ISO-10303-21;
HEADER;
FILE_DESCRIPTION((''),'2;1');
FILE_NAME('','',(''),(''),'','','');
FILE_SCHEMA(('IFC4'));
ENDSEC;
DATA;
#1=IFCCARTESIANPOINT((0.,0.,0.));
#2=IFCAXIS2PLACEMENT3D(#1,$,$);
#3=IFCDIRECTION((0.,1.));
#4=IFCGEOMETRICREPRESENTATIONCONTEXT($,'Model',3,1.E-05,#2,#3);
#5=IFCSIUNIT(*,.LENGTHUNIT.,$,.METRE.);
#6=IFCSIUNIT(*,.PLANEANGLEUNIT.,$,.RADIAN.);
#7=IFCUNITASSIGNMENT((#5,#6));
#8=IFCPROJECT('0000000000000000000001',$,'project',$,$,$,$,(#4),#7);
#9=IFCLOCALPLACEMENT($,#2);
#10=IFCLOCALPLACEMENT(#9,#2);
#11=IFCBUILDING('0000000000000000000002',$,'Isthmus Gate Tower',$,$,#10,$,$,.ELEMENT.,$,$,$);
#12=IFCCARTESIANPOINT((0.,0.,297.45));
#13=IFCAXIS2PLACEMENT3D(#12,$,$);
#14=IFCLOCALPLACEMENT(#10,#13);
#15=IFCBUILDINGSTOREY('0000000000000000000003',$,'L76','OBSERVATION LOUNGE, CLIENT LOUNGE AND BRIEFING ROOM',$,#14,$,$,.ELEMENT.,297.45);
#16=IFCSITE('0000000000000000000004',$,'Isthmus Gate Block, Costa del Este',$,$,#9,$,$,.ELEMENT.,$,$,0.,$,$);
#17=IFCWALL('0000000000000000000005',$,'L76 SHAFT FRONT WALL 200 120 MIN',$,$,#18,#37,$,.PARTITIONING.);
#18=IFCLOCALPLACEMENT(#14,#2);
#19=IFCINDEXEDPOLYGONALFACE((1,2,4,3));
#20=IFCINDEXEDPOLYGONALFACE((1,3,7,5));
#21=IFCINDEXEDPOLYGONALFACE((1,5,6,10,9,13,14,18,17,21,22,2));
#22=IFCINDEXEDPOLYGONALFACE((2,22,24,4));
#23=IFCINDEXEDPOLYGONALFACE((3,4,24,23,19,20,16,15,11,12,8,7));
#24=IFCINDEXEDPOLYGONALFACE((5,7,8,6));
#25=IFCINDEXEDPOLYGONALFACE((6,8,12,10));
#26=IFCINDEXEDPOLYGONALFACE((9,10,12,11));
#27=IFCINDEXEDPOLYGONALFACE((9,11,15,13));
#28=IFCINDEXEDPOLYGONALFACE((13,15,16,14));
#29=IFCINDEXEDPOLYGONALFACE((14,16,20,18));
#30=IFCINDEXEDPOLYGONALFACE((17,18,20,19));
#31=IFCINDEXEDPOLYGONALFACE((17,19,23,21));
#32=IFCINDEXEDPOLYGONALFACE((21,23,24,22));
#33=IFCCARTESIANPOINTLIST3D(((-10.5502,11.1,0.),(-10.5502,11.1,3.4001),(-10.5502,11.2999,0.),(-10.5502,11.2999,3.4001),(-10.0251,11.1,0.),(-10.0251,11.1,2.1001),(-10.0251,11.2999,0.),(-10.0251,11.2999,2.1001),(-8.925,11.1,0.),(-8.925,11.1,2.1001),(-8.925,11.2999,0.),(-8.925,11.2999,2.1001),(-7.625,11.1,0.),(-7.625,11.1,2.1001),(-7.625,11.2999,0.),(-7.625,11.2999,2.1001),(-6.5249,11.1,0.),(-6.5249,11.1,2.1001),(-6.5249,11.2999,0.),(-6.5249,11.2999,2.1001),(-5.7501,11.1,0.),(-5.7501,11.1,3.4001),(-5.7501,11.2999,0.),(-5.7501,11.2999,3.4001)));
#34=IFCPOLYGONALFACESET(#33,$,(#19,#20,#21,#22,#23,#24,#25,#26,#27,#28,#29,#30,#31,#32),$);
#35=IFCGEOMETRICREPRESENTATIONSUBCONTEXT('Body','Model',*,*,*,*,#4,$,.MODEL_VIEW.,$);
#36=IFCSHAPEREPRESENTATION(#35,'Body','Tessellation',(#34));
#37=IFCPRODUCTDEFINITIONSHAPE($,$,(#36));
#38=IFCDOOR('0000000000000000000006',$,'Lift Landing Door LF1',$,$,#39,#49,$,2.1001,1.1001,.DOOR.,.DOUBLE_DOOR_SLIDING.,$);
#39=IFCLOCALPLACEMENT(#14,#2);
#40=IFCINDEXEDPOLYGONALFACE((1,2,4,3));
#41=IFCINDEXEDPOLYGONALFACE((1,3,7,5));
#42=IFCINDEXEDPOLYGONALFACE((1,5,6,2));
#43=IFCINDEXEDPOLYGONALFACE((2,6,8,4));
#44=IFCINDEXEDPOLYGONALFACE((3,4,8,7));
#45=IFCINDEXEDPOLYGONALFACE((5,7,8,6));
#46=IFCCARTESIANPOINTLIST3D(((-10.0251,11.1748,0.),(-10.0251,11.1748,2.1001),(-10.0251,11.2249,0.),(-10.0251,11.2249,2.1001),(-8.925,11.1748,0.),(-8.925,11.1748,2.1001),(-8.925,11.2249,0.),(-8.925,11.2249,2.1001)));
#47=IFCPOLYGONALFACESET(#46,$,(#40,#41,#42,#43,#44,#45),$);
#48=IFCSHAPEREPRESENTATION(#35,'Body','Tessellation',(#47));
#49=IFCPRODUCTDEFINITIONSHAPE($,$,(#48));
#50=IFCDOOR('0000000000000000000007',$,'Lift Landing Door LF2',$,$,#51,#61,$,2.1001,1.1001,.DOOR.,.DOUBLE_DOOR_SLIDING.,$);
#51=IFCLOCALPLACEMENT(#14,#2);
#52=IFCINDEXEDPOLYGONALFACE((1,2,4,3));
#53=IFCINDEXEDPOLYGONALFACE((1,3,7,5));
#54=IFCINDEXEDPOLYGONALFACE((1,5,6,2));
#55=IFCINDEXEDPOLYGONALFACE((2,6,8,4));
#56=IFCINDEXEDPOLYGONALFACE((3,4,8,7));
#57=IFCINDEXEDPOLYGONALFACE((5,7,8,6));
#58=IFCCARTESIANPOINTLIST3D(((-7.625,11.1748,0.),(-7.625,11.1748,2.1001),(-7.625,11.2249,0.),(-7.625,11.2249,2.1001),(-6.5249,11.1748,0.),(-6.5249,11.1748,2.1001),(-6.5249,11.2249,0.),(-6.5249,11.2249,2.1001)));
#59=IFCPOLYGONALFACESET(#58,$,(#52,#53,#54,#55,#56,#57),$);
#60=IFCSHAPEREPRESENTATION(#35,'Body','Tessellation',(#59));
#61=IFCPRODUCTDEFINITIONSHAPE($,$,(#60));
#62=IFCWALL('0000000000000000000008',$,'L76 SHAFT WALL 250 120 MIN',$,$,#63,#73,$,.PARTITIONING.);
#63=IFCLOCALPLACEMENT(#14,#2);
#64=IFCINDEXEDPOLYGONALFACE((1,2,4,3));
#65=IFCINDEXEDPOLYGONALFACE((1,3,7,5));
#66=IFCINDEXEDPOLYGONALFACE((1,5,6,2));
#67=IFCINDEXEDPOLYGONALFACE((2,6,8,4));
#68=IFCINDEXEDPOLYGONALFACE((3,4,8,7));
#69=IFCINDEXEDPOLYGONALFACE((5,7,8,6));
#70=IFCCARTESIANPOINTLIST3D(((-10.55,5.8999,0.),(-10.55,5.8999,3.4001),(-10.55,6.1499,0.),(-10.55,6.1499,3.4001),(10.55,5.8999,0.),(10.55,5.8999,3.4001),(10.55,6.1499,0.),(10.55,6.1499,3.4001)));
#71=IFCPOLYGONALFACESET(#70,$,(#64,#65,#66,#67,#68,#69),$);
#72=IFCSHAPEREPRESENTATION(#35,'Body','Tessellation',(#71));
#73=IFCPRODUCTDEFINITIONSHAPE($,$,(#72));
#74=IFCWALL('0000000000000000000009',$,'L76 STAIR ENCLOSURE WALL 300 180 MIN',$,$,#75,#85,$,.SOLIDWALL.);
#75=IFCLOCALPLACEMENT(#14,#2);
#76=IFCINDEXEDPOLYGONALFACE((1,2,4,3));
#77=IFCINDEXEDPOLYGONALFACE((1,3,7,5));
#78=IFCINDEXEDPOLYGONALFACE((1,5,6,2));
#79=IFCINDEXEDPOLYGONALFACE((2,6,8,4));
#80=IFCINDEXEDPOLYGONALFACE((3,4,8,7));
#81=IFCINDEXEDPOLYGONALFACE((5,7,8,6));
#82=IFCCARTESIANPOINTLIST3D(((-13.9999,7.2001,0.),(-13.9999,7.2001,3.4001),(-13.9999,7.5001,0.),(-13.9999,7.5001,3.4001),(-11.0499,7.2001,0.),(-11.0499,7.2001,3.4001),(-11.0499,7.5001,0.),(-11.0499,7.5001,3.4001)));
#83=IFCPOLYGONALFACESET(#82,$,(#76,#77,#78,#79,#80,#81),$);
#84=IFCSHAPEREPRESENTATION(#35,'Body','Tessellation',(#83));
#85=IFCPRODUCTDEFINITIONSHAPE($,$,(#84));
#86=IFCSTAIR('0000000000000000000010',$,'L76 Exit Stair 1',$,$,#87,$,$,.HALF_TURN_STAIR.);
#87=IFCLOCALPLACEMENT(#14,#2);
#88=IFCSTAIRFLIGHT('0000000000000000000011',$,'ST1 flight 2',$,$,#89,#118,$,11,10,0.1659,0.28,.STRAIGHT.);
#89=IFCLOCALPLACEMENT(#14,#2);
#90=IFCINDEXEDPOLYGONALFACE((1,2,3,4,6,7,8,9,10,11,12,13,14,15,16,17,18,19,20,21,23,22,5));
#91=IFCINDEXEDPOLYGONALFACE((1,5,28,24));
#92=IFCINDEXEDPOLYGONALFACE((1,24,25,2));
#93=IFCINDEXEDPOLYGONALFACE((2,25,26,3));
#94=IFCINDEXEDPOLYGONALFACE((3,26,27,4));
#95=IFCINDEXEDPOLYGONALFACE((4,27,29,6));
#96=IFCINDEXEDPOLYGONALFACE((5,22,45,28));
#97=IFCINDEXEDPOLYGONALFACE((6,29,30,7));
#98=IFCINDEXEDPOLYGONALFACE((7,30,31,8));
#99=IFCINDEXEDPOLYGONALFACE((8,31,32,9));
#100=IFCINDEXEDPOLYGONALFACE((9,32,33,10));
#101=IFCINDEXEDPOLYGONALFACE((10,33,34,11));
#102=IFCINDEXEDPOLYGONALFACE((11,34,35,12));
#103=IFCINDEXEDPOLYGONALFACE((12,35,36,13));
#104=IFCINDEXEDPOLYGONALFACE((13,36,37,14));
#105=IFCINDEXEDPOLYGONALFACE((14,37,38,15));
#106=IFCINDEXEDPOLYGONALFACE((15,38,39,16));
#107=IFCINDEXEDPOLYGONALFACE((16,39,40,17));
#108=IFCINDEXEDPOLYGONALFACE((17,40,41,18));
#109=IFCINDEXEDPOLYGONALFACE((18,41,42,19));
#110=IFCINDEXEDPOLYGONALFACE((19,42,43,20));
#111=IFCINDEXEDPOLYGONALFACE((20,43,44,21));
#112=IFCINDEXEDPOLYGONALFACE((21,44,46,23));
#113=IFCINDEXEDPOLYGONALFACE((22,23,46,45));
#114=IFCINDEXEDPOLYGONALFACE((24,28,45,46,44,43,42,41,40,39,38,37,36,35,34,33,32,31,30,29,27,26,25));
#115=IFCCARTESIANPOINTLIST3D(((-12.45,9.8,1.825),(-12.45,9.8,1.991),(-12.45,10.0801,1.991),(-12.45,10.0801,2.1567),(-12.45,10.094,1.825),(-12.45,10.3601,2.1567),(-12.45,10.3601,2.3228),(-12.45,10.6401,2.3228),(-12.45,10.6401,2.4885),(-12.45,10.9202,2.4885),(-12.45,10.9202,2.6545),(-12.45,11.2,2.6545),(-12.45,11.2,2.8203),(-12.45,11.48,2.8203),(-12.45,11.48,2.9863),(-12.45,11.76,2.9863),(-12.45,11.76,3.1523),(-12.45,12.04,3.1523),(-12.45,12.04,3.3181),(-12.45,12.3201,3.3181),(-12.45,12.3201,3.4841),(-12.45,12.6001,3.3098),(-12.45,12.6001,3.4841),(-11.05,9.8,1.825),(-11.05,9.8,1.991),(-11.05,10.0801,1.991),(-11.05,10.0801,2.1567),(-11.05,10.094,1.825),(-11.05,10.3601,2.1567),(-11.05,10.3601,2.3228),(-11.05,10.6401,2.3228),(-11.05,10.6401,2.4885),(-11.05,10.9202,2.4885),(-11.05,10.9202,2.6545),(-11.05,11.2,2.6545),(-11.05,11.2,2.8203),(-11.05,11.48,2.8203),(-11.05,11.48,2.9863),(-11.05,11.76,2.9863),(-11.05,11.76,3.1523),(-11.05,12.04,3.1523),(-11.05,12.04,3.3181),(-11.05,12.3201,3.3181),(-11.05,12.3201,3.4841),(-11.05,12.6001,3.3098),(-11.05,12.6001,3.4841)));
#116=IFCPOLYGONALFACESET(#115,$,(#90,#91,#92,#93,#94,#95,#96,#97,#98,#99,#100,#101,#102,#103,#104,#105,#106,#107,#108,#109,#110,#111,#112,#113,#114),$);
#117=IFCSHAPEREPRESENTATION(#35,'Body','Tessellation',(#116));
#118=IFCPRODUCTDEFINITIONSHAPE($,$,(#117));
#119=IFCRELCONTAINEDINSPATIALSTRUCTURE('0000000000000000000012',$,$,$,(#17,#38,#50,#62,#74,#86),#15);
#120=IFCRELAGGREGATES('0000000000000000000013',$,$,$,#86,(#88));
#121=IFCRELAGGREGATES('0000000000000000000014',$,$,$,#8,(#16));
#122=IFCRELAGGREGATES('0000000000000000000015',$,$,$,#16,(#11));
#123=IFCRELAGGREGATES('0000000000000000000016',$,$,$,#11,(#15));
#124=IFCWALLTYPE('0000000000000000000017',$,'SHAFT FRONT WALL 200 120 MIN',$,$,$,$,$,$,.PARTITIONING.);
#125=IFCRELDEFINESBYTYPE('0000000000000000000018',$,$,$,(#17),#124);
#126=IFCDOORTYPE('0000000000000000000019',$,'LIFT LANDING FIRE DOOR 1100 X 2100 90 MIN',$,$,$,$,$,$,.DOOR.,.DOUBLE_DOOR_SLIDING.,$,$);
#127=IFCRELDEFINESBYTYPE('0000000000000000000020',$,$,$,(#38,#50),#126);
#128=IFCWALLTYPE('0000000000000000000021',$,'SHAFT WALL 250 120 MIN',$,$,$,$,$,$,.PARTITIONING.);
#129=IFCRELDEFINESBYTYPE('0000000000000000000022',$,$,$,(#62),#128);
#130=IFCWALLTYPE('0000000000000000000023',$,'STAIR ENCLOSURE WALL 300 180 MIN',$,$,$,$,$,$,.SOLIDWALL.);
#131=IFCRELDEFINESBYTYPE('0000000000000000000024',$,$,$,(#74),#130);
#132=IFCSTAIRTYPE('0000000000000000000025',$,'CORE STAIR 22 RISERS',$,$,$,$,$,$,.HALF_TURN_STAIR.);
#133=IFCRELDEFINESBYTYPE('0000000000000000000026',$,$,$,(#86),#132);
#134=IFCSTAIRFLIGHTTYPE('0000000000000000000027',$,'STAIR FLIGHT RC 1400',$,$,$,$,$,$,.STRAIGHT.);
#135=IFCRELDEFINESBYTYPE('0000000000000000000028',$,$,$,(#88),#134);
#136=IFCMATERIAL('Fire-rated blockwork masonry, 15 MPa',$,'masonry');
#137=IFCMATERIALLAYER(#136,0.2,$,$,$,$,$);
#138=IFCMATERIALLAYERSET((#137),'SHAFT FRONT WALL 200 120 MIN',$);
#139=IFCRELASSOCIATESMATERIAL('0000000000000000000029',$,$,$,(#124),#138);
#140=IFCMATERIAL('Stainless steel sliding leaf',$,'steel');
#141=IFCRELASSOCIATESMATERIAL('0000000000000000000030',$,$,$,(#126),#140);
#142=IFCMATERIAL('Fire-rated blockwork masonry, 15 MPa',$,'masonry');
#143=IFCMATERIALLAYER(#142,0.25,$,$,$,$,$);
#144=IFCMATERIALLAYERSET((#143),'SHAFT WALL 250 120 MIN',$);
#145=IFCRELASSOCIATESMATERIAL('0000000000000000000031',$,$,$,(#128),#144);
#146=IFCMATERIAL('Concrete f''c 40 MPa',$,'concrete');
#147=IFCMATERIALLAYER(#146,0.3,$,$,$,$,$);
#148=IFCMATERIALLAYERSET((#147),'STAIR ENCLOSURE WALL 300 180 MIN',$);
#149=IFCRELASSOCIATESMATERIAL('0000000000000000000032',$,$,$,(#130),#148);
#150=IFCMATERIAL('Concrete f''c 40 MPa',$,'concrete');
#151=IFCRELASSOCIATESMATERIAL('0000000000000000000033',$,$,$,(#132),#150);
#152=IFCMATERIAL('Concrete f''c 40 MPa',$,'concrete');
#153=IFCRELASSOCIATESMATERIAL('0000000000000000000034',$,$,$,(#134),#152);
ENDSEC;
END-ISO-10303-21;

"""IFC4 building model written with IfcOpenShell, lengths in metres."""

from ifc_helpers import new_model, si_unit, direction, frame, frame_2d, origin, place, context, subcontext, project, spatial, polyline, rectangle, outline, extrude, material, layer, layer_set, type_object, element, fill, aggregate, save


model = new_model("IFC4")

# Units and contexts
model_context = context("Model", 3, precision=1e-05, world=origin(), true_north=direction((0.0, 1.0)))
body_context = subcontext(model_context, "Body", "Model", "MODEL_VIEW")
ifc_project = project(units=[si_unit("LENGTHUNIT", "METRE"), si_unit("PLANEANGLEUNIT", "RADIAN")], contexts=[model_context])

# Site, building, storey
site_placement = place(None, origin())
site = spatial("IfcSite", under=ifc_project, at=site_placement, Name="Isthmus Gate Block, Costa del Este", CompositionType="ELEMENT", RefElevation=0.0)
building_placement = place(site_placement, origin())
building = spatial("IfcBuilding", under=site, at=building_placement, Name="Isthmus Gate Tower", CompositionType="ELEMENT")
storey_placement = place(building_placement, frame((0.0, 0.0, 297.45)))
storey = spatial("IfcBuildingStorey", under=building, at=storey_placement, Name="L76", Description="OBSERVATION LOUNGE, CLIENT LOUNGE AND BRIEFING ROOM", CompositionType="ELEMENT", Elevation=297.45)

# Wall, openings, doors
ifc_material_1 = material(Name="Fire-rated blockwork masonry, 15 MPa", Category="masonry")
ifc_layer_1 = layer(ifc_material_1, 0.2)
ifc_layer_set_1 = layer_set([ifc_layer_1], Name="SHAFT FRONT WALL 200 120 MIN")
wall_type_1 = type_object("IfcWallType", Name="SHAFT FRONT WALL 200 120 MIN", PredefinedType="PARTITIONING", material=ifc_layer_set_1)
wall_1_placement = place(storey_placement, frame((-10.55, 11.2, 0.0), z_axis=(0.0, 0.0, 1.0), x_axis=(1.0, 0.0, 0.0)))
wall_1 = element("IfcWall", 1, at=wall_1_placement, inside=storey, type_object=wall_type_1, Name="L76 SHAFT FRONT WALL 200 120 MIN", PredefinedType="PARTITIONING", context=body_context, shape_type="SweptSolid", body=[
    extrude(rectangle(XDim=4.8, YDim=0.2, at=frame_2d((2.3999, 0.0))), origin(), (0.0, 0.0, 1.0), 3.4001),
])
opening_1_placement = place(wall_1_placement, frame((0.5249, 0.0, 0.0)))
opening_1 = element("IfcOpeningElement", 2, at=opening_1_placement, cuts=wall_1, PredefinedType="OPENING", context=body_context, shape_type="SweptSolid", body=[
    extrude(rectangle(XDim=1.1001, YDim=2.1001, at=frame_2d((0.55, 1.05))), frame((0.0, 0.1099, 0.0), z_axis=(0.0, -1.0, 0.0), x_axis=(1.0, 0.0, 0.0)), (0.0, 0.0, 1.0), 0.22),
])
opening_2_placement = place(wall_1_placement, frame((2.925, 0.0, 0.0)))
opening_2 = element("IfcOpeningElement", 3, at=opening_2_placement, cuts=wall_1, PredefinedType="OPENING", context=body_context, shape_type="SweptSolid", body=[
    extrude(rectangle(XDim=1.1001, YDim=2.1001, at=frame_2d((0.55, 1.05))), frame((0.0, 0.1099, 0.0), z_axis=(0.0, -1.0, 0.0), x_axis=(1.0, 0.0, 0.0)), (0.0, 0.0, 1.0), 0.22),
])
ifc_material_2 = material(Name="Stainless steel sliding leaf", Category="steel")
door_type_1 = type_object("IfcDoorType", Name="LIFT LANDING FIRE DOOR 1100 X 2100 90 MIN", OperationType="DOUBLE_DOOR_SLIDING", PredefinedType="DOOR", material=ifc_material_2)
door_1_placement = place(opening_1_placement, origin())
door_1 = element("IfcDoor", 4, at=door_1_placement, inside=storey, type_object=door_type_1, Name="Lift Landing Door LF1", OperationType="DOUBLE_DOOR_SLIDING", OverallHeight=2.1001, OverallWidth=1.1001, PredefinedType="DOOR", context=body_context, shape_type="SweptSolid", body=[
    extrude(rectangle(XDim=1.1001, YDim=2.1001, at=frame_2d((0.55, 1.05))), frame((0.0, 0.0249, 0.0), z_axis=(0.0, -1.0, 0.0), x_axis=(1.0, 0.0, 0.0)), (0.0, 0.0, 1.0), 0.05),
])
fill(opening_1, door_1)
door_2_placement = place(opening_2_placement, origin())
door_2 = element("IfcDoor", 5, at=door_2_placement, inside=storey, type_object=door_type_1, Name="Lift Landing Door LF2", OperationType="DOUBLE_DOOR_SLIDING", OverallHeight=2.1001, OverallWidth=1.1001, PredefinedType="DOOR", context=body_context, shape_type="SweptSolid", body=[
    extrude(rectangle(XDim=1.1001, YDim=2.1001, at=frame_2d((0.55, 1.05))), frame((0.0, 0.0249, 0.0), z_axis=(0.0, -1.0, 0.0), x_axis=(1.0, 0.0, 0.0)), (0.0, 0.0, 1.0), 0.05),
])
fill(opening_2, door_2)

# Walls
ifc_material_3 = material(Name="Fire-rated blockwork masonry, 15 MPa", Category="masonry")
ifc_layer_2 = layer(ifc_material_3, 0.25)
ifc_layer_set_2 = layer_set([ifc_layer_2], Name="SHAFT WALL 250 120 MIN")
wall_type_2 = type_object("IfcWallType", Name="SHAFT WALL 250 120 MIN", PredefinedType="PARTITIONING", material=ifc_layer_set_2)
wall_2_placement = place(storey_placement, frame((-10.55, 6.0249, 0.0), z_axis=(0.0, 0.0, 1.0), x_axis=(1.0, 0.0, 0.0)))
element("IfcWall", 6, at=wall_2_placement, inside=storey, type_object=wall_type_2, Name="L76 SHAFT WALL 250 120 MIN", PredefinedType="PARTITIONING", context=body_context, shape_type="SweptSolid", body=[
    extrude(rectangle(XDim=21.1001, YDim=0.25, at=frame_2d((10.55, 0.0))), origin(), (0.0, 0.0, 1.0), 3.4001),
])
ifc_material_4 = material(Name="Concrete f'c 40 MPa", Category="concrete")
ifc_layer_3 = layer(ifc_material_4, 0.3)
ifc_layer_set_3 = layer_set([ifc_layer_3], Name="STAIR ENCLOSURE WALL 300 180 MIN")
wall_type_3 = type_object("IfcWallType", Name="STAIR ENCLOSURE WALL 300 180 MIN", PredefinedType="SOLIDWALL", material=ifc_layer_set_3)
wall_3_placement = place(storey_placement, frame((-14.0, 7.3501, 0.0), z_axis=(0.0, 0.0, 1.0), x_axis=(1.0, 0.0, 0.0)))
element("IfcWall", 7, at=wall_3_placement, inside=storey, type_object=wall_type_3, Name="L76 STAIR ENCLOSURE WALL 300 180 MIN", PredefinedType="SOLIDWALL", context=body_context, shape_type="SweptSolid", body=[
    extrude(rectangle(XDim=2.95, YDim=0.3, at=frame_2d((1.4751, 0.0))), origin(), (0.0, 0.0, 1.0), 3.4001),
])

# Stair, stair flight
ifc_material_5 = material(Name="Concrete f'c 40 MPa", Category="concrete")
stair_type = type_object("IfcStairType", Name="CORE STAIR 22 RISERS", PredefinedType="HALF_TURN_STAIR", material=ifc_material_5)
stair_placement = place(storey_placement, origin())
stair = element("IfcStair", 8, at=stair_placement, inside=storey, type_object=stair_type, Name="L76 Exit Stair 1", PredefinedType="HALF_TURN_STAIR")
ifc_material_6 = material(Name="Concrete f'c 40 MPa", Category="concrete")
stair_flight_type = type_object("IfcStairFlightType", Name="STAIR FLIGHT RC 1400", PredefinedType="STRAIGHT", material=ifc_material_6)
stair_flight_placement = place(storey_placement, frame((-11.75, 9.8, 1.825), z_axis=(0.0, 0.0, 1.0), x_axis=(0.0, 1.0, 0.0)))
stair_flight = element("IfcStairFlight", 9, at=stair_flight_placement, type_object=stair_flight_type, Name="ST1 flight 2", NumberOfRisers=11, NumberOfTreads=10, PredefinedType="STRAIGHT", RiserHeight=0.1659, TreadLength=0.28, context=body_context, shape_type="SweptSolid", body=[
    extrude(outline(polyline([(0.0, 0.0), (0.0, 0.166), (0.28, 0.166), (0.28, 0.3318), (0.5601, 0.3318), (0.5601, 0.4978), (0.8401, 0.4978), (0.8401, 0.6636), (1.1201, 0.6636), (1.1201, 0.8296), (1.3999, 0.8296), (1.3999, 0.9954), (1.6799, 0.9954), (1.6799, 1.1614), (1.96, 1.1614), (1.96, 1.3274), (2.24, 1.3274), (2.24, 1.4932), (2.52, 1.4932), (2.52, 1.6592), (2.8, 1.6592), (2.8, 1.825), (2.8, 1.4849), (0.2939, 0.0), (0.0, 0.0)])), frame((0.0, 0.7, 0.0), z_axis=(0.0, -1.0, 0.0), x_axis=(1.0, 0.0, 0.0)), (0.0, 0.0, 1.0), 1.3999),
])
aggregate(stair, [stair_flight])

save(model, "model.ifc")
